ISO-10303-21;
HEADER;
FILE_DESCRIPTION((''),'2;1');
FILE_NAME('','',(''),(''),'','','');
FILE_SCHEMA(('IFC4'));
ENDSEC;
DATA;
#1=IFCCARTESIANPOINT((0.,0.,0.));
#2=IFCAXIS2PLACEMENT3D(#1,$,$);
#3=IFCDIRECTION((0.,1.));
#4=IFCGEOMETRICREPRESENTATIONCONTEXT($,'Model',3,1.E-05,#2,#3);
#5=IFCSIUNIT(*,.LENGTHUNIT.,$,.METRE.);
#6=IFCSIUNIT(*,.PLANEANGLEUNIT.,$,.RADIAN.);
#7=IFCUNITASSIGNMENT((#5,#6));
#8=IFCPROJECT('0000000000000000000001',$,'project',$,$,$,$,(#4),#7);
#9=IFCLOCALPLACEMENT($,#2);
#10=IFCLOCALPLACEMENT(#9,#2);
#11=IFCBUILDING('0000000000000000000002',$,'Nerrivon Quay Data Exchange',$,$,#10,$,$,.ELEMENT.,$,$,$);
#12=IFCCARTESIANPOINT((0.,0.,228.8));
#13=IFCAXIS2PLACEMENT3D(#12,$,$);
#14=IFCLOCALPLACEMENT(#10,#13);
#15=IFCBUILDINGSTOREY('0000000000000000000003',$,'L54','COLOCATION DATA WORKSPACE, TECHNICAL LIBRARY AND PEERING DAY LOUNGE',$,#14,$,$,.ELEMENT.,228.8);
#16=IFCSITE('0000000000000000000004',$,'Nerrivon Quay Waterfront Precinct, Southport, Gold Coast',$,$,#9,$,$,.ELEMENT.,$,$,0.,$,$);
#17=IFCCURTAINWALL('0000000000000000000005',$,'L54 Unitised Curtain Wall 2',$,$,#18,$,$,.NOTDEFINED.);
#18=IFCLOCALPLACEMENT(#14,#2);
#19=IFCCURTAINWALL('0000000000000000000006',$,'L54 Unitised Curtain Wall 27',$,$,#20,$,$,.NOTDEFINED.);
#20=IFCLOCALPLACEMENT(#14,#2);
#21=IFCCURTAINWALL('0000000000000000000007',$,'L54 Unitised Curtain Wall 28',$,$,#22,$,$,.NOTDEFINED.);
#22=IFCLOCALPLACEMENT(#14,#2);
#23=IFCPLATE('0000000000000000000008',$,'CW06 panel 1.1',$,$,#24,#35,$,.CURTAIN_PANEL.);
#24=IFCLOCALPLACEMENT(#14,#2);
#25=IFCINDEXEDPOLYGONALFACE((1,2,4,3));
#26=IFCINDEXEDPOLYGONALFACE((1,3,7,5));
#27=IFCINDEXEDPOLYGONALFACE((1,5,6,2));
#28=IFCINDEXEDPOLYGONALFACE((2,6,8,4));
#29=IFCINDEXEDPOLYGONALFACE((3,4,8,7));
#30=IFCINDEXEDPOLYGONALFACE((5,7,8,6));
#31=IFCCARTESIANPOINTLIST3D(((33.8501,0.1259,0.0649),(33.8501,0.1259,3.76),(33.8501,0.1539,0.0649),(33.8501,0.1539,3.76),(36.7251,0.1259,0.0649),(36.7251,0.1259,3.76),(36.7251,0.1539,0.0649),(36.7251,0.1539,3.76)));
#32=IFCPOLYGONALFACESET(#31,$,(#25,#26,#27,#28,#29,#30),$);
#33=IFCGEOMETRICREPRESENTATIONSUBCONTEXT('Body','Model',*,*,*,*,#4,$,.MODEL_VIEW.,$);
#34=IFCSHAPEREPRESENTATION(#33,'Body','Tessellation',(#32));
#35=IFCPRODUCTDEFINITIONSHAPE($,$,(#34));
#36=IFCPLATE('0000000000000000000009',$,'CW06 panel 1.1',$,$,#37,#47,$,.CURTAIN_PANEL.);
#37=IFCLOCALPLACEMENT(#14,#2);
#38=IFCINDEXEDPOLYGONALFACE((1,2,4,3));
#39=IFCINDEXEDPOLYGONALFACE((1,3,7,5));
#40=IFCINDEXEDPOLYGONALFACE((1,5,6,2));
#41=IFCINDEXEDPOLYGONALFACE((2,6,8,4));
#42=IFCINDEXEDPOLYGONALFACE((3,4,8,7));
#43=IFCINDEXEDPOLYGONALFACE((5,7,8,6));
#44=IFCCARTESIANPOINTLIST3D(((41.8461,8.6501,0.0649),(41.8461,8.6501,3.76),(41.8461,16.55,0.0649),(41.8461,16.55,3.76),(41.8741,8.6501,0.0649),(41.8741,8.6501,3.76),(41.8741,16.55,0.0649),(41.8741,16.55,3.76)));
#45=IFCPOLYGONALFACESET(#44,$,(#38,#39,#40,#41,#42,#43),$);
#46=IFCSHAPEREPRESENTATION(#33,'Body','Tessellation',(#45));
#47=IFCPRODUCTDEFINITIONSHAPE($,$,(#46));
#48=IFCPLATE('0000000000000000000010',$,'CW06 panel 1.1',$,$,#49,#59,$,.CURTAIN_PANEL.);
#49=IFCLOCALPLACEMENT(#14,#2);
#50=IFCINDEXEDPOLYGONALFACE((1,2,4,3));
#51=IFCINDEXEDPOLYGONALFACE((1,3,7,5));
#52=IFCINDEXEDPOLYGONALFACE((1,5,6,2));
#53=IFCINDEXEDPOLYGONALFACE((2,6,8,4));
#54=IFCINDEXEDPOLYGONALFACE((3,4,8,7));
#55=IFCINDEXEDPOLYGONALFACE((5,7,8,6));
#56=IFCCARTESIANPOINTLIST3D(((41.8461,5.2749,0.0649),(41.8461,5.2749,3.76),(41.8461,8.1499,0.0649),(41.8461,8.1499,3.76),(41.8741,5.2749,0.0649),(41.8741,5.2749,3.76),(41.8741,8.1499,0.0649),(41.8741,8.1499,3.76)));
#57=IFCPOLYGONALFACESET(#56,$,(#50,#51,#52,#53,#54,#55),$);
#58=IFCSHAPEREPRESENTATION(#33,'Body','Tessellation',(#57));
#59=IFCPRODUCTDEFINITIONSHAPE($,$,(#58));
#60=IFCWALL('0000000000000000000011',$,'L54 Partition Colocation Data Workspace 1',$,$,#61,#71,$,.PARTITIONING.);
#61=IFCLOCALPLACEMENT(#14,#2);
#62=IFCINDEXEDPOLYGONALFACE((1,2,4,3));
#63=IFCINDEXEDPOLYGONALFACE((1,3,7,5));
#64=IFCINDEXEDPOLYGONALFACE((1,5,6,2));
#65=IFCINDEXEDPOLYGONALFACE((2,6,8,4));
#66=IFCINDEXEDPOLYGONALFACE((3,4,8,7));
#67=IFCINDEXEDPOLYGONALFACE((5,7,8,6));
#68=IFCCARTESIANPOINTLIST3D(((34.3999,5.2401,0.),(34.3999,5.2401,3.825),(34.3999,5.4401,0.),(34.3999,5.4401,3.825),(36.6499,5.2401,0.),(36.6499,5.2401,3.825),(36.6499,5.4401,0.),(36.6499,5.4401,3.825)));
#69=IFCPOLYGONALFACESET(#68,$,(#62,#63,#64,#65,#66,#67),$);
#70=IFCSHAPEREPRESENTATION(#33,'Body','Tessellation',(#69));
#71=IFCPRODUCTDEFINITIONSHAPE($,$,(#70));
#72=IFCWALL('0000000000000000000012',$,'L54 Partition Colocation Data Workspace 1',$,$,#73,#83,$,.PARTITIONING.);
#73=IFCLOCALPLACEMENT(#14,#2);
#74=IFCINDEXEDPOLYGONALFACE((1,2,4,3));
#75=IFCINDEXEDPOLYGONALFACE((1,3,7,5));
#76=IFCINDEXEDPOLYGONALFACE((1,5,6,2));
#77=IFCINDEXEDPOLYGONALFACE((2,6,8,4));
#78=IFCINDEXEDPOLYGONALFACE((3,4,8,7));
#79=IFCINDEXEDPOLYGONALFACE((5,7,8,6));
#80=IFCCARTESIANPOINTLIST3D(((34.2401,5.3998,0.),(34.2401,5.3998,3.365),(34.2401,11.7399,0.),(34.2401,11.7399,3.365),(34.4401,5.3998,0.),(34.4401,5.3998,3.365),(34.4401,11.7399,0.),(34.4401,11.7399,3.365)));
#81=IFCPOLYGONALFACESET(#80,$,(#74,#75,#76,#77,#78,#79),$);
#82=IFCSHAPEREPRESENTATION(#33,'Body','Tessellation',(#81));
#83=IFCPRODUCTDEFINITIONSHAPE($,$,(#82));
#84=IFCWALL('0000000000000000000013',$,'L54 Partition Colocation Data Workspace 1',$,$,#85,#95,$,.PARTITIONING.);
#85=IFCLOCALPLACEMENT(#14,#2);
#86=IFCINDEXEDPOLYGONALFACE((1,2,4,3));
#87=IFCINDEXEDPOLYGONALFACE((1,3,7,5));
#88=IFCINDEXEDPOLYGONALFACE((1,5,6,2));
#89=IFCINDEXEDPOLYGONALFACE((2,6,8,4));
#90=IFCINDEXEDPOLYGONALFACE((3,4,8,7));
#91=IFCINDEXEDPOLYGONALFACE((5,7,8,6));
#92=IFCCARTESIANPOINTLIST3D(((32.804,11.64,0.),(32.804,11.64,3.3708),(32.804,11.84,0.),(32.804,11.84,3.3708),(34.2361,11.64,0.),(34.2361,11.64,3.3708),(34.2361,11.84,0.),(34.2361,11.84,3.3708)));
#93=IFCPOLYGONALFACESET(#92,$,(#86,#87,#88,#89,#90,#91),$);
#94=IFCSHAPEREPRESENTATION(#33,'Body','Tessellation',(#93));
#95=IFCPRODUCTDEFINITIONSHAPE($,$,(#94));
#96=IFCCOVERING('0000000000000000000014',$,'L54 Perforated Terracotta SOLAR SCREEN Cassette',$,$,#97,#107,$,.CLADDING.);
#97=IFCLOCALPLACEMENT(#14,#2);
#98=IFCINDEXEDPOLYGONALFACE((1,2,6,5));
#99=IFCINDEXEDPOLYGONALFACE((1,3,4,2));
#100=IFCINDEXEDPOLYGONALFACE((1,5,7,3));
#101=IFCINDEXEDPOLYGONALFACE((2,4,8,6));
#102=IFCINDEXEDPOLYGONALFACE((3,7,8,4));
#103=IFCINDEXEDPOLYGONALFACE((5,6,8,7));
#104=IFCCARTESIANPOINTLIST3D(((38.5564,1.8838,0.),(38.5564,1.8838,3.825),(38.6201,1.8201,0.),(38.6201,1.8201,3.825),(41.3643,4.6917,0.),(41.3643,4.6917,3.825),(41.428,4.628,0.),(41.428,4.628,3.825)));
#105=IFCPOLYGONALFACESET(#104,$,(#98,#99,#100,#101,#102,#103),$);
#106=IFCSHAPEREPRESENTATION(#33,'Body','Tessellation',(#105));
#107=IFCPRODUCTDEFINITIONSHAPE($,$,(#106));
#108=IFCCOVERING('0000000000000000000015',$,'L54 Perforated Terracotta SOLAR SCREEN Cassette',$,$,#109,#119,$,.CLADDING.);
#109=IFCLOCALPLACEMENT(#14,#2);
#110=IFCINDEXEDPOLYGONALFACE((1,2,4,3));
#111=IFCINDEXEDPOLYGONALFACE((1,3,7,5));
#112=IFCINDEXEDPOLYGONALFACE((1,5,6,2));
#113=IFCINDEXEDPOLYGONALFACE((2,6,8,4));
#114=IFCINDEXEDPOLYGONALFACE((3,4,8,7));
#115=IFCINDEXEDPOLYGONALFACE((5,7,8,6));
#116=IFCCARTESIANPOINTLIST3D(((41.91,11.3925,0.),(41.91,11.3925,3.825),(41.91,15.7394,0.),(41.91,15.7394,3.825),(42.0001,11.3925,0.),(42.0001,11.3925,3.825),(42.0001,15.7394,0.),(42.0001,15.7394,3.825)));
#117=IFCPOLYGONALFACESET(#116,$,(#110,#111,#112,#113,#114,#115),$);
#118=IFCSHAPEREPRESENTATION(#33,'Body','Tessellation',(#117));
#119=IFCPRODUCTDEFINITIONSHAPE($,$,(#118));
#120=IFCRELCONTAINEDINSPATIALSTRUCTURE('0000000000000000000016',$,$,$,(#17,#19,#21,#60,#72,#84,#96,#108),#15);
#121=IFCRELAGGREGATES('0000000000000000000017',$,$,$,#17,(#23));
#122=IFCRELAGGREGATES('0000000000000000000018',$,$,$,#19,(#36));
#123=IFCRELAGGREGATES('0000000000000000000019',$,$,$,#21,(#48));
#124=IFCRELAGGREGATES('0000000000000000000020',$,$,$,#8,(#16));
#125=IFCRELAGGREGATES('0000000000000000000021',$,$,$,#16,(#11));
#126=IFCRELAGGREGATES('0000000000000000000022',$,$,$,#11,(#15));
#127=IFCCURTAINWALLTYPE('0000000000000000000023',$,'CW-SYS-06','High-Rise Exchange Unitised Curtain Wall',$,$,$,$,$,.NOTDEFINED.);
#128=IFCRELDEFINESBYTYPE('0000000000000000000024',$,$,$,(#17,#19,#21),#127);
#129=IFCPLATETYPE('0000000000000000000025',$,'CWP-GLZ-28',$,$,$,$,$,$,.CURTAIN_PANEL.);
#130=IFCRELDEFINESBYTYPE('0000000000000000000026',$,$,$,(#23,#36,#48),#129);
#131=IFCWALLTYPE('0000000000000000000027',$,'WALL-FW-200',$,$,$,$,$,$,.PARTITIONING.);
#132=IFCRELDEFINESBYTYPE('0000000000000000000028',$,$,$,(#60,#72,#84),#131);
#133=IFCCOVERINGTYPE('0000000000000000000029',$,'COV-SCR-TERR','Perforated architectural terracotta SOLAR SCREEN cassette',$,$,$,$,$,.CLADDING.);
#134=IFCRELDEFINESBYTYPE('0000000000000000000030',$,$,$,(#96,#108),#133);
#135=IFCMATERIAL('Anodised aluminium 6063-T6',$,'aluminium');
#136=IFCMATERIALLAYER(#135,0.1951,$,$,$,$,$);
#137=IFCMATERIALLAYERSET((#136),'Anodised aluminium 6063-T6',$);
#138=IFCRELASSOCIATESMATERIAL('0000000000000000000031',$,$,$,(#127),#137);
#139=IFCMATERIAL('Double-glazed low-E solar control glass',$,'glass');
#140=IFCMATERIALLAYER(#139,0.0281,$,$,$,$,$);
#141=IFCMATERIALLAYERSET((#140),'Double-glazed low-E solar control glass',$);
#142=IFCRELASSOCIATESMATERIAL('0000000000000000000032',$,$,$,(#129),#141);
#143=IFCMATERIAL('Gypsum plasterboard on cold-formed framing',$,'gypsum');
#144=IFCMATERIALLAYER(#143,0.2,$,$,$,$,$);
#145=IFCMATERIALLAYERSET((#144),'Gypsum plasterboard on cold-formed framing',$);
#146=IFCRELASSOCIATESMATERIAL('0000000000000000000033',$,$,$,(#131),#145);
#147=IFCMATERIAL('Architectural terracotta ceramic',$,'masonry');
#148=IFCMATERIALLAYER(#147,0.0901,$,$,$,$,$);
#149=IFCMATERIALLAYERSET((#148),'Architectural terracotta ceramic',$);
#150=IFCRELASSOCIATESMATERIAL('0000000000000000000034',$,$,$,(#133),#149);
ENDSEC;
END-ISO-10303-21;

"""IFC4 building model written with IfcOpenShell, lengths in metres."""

from ifc_helpers import new_model, si_unit, direction, frame, frame_2d, origin, origin_2d, place, context, subcontext, project, spatial, rectangle, extrude, material, layer, layer_set, type_object, element, aggregate, save


model = new_model("IFC4")

# Units and contexts
model_context = context("Model", 3, precision=1e-05, world=origin(), true_north=direction((0.0, 1.0)))
body_context = subcontext(model_context, "Body", "Model", "MODEL_VIEW")
ifc_project = project(units=[si_unit("LENGTHUNIT", "METRE"), si_unit("PLANEANGLEUNIT", "RADIAN")], contexts=[model_context])

# Site, building, storey
site_placement = place(None, origin())
site = spatial("IfcSite", under=ifc_project, at=site_placement, Name="Nerrivon Quay Waterfront Precinct, Southport, Gold Coast", CompositionType="ELEMENT", RefElevation=0.0)
building_placement = place(site_placement, origin())
building = spatial("IfcBuilding", under=site, at=building_placement, Name="Nerrivon Quay Data Exchange", CompositionType="ELEMENT")
storey_placement = place(building_placement, frame((0.0, 0.0, 228.8)))
storey = spatial("IfcBuildingStorey", under=building, at=storey_placement, Name="L54", Description="COLOCATION DATA WORKSPACE, TECHNICAL LIBRARY AND PEERING DAY LOUNGE", CompositionType="ELEMENT", Elevation=228.8)

# Shared definitions
ifc_material_1 = material(Name="Anodised aluminium 6063-T6", Category="aluminium")
ifc_layer_1 = layer(ifc_material_1, 0.1951)
ifc_layer_set_1 = layer_set([ifc_layer_1], Name="Anodised aluminium 6063-T6")
curtain_wall_type = type_object("IfcCurtainWallType", Name="CW-SYS-06", Description="High-Rise Exchange Unitised Curtain Wall", PredefinedType="NOTDEFINED", material=ifc_layer_set_1)

# Curtain walls
curtain_wall_1_placement = place(storey_placement, origin())
curtain_wall_1 = element("IfcCurtainWall", 1, at=curtain_wall_1_placement, inside=storey, type_object=curtain_wall_type, Name="L54 Unitised Curtain Wall 2", PredefinedType="NOTDEFINED")
curtain_wall_2_placement = place(storey_placement, origin())
curtain_wall_2 = element("IfcCurtainWall", 2, at=curtain_wall_2_placement, inside=storey, type_object=curtain_wall_type, Name="L54 Unitised Curtain Wall 27", PredefinedType="NOTDEFINED")

# Curtain wall
curtain_wall_3_placement = place(storey_placement, origin())
curtain_wall_3 = element("IfcCurtainWall", 3, at=curtain_wall_3_placement, inside=storey, type_object=curtain_wall_type, Name="L54 Unitised Curtain Wall 28", PredefinedType="NOTDEFINED")

# Plates
ifc_material_2 = material(Name="Double-glazed low-E solar control glass", Category="glass")
ifc_layer_2 = layer(ifc_material_2, 0.0281)
ifc_layer_set_2 = layer_set([ifc_layer_2], Name="Double-glazed low-E solar control glass")
plate_type = type_object("IfcPlateType", Name="CWP-GLZ-28", PredefinedType="CURTAIN_PANEL", material=ifc_layer_set_2)
plate_1_placement = place(storey_placement, frame((35.2876, 0.1399, 0.0649), z_axis=(0.0, 0.0, 1.0), x_axis=(-1.0, 0.0, 0.0)))
plate_1 = element("IfcPlate", 4, at=plate_1_placement, type_object=plate_type, Name="CW06 panel 1.1", PredefinedType="CURTAIN_PANEL", context=body_context, shape_type="SweptSolid", body=[
    extrude(rectangle(XDim=2.875, YDim=0.0281, at=origin_2d()), origin(), (0.0, 0.0, 1.0), 3.6951),
])
aggregate(curtain_wall_1, [plate_1])
plate_2_placement = place(storey_placement, frame((41.8601, 12.6001, 0.0649), z_axis=(0.0, 0.0, 1.0), x_axis=(0.0, -1.0, 0.0)))
plate_2 = element("IfcPlate", 5, at=plate_2_placement, type_object=plate_type, Name="CW06 panel 1.1", PredefinedType="CURTAIN_PANEL", context=body_context, shape_type="SweptSolid", body=[
    extrude(rectangle(XDim=7.8999, YDim=0.0281, at=origin_2d()), origin(), (0.0, 0.0, 1.0), 3.6951),
])
aggregate(curtain_wall_2, [plate_2])
plate_3_placement = place(storey_placement, frame((41.8601, 6.7124, 0.0649), z_axis=(0.0, 0.0, 1.0), x_axis=(0.0, -1.0, 0.0)))
plate_3 = element("IfcPlate", 6, at=plate_3_placement, type_object=plate_type, Name="CW06 panel 1.1", PredefinedType="CURTAIN_PANEL", context=body_context, shape_type="SweptSolid", body=[
    extrude(rectangle(XDim=2.875, YDim=0.0281, at=origin_2d()), origin(), (0.0, 0.0, 1.0), 3.6951),
])
aggregate(curtain_wall_3, [plate_3])

# Walls
ifc_material_3 = material(Name="Gypsum plasterboard on cold-formed framing", Category="gypsum")
ifc_layer_3 = layer(ifc_material_3, 0.2)
ifc_layer_set_3 = layer_set([ifc_layer_3], Name="Gypsum plasterboard on cold-formed framing")
wall_type = type_object("IfcWallType", Name="WALL-FW-200", PredefinedType="PARTITIONING", material=ifc_layer_set_3)
wall_1_placement = place(storey_placement, frame((36.6499, 5.3401, 0.0), z_axis=(0.0, 0.0, 1.0), x_axis=(-1.0, 0.0, 0.0)))
element("IfcWall", 7, at=wall_1_placement, inside=storey, type_object=wall_type, Name="L54 Partition Colocation Data Workspace 1", PredefinedType="PARTITIONING", context=body_context, shape_type="SweptSolid", body=[
    extrude(rectangle(XDim=2.25, YDim=0.2, at=frame_2d((1.125, 0.0))), origin(), (0.0, 0.0, 1.0), 3.825),
])
wall_2_placement = place(storey_placement, frame((34.3401, 5.3999, 0.0), z_axis=(0.0, 0.0, 1.0), x_axis=(0.0, 1.0, 0.0)))
element("IfcWall", 8, at=wall_2_placement, inside=storey, type_object=wall_type, Name="L54 Partition Colocation Data Workspace 1", PredefinedType="PARTITIONING", context=body_context, shape_type="SweptSolid", body=[
    extrude(rectangle(XDim=6.3401, YDim=0.2, at=frame_2d((3.1699, 0.0))), origin(), (0.0, 0.0, 1.0), 3.365),
])
wall_3_placement = place(storey_placement, frame((34.2361, 11.74, 0.0), z_axis=(0.0, 0.0, 1.0), x_axis=(-1.0, 0.0, 0.0)))
element("IfcWall", 9, at=wall_3_placement, inside=storey, type_object=wall_type, Name="L54 Partition Colocation Data Workspace 1", PredefinedType="PARTITIONING", context=body_context, shape_type="SweptSolid", body=[
    extrude(rectangle(XDim=1.4321, YDim=0.2, at=frame_2d((0.7161, 0.0))), origin(), (0.0, 0.0, 1.0), 3.3708),
])

# Coverings
ifc_material_4 = material(Name="Architectural terracotta ceramic", Category="masonry")
ifc_layer_4 = layer(ifc_material_4, 0.0901)
ifc_layer_set_4 = layer_set([ifc_layer_4], Name="Architectural terracotta ceramic")
covering_type = type_object("IfcCoveringType", Name="COV-SCR-TERR", Description="Perforated architectural terracotta SOLAR SCREEN cassette", PredefinedType="CLADDING", material=ifc_layer_set_4)
covering_1_placement = place(storey_placement, frame((39.9922, 3.2559, 0.0), z_axis=(0.0, 0.0, 1.0), x_axis=(-0.707107, -0.707107, 0.0)))
element("IfcCovering", 10, at=covering_1_placement, inside=storey, type_object=covering_type, Name="L54 Perforated Terracotta SOLAR SCREEN Cassette", PredefinedType="CLADDING", context=body_context, shape_type="SweptSolid", body=[
    extrude(rectangle(XDim=3.9709, YDim=0.0901, at=origin_2d()), origin(), (0.0, 0.0, 1.0), 3.825),
])
covering_2_placement = place(storey_placement, frame((41.9551, 13.5659, 0.0), z_axis=(0.0, 0.0, 1.0), x_axis=(0.0, -1.0, 0.0)))
element("IfcCovering", 11, at=covering_2_placement, inside=storey, type_object=covering_type, Name="L54 Perforated Terracotta SOLAR SCREEN Cassette", PredefinedType="CLADDING", context=body_context, shape_type="SweptSolid", body=[
    extrude(rectangle(XDim=4.3469, YDim=0.0901, at=origin_2d()), origin(), (0.0, 0.0, 1.0), 3.825),
])

save(model, "model.ifc")
